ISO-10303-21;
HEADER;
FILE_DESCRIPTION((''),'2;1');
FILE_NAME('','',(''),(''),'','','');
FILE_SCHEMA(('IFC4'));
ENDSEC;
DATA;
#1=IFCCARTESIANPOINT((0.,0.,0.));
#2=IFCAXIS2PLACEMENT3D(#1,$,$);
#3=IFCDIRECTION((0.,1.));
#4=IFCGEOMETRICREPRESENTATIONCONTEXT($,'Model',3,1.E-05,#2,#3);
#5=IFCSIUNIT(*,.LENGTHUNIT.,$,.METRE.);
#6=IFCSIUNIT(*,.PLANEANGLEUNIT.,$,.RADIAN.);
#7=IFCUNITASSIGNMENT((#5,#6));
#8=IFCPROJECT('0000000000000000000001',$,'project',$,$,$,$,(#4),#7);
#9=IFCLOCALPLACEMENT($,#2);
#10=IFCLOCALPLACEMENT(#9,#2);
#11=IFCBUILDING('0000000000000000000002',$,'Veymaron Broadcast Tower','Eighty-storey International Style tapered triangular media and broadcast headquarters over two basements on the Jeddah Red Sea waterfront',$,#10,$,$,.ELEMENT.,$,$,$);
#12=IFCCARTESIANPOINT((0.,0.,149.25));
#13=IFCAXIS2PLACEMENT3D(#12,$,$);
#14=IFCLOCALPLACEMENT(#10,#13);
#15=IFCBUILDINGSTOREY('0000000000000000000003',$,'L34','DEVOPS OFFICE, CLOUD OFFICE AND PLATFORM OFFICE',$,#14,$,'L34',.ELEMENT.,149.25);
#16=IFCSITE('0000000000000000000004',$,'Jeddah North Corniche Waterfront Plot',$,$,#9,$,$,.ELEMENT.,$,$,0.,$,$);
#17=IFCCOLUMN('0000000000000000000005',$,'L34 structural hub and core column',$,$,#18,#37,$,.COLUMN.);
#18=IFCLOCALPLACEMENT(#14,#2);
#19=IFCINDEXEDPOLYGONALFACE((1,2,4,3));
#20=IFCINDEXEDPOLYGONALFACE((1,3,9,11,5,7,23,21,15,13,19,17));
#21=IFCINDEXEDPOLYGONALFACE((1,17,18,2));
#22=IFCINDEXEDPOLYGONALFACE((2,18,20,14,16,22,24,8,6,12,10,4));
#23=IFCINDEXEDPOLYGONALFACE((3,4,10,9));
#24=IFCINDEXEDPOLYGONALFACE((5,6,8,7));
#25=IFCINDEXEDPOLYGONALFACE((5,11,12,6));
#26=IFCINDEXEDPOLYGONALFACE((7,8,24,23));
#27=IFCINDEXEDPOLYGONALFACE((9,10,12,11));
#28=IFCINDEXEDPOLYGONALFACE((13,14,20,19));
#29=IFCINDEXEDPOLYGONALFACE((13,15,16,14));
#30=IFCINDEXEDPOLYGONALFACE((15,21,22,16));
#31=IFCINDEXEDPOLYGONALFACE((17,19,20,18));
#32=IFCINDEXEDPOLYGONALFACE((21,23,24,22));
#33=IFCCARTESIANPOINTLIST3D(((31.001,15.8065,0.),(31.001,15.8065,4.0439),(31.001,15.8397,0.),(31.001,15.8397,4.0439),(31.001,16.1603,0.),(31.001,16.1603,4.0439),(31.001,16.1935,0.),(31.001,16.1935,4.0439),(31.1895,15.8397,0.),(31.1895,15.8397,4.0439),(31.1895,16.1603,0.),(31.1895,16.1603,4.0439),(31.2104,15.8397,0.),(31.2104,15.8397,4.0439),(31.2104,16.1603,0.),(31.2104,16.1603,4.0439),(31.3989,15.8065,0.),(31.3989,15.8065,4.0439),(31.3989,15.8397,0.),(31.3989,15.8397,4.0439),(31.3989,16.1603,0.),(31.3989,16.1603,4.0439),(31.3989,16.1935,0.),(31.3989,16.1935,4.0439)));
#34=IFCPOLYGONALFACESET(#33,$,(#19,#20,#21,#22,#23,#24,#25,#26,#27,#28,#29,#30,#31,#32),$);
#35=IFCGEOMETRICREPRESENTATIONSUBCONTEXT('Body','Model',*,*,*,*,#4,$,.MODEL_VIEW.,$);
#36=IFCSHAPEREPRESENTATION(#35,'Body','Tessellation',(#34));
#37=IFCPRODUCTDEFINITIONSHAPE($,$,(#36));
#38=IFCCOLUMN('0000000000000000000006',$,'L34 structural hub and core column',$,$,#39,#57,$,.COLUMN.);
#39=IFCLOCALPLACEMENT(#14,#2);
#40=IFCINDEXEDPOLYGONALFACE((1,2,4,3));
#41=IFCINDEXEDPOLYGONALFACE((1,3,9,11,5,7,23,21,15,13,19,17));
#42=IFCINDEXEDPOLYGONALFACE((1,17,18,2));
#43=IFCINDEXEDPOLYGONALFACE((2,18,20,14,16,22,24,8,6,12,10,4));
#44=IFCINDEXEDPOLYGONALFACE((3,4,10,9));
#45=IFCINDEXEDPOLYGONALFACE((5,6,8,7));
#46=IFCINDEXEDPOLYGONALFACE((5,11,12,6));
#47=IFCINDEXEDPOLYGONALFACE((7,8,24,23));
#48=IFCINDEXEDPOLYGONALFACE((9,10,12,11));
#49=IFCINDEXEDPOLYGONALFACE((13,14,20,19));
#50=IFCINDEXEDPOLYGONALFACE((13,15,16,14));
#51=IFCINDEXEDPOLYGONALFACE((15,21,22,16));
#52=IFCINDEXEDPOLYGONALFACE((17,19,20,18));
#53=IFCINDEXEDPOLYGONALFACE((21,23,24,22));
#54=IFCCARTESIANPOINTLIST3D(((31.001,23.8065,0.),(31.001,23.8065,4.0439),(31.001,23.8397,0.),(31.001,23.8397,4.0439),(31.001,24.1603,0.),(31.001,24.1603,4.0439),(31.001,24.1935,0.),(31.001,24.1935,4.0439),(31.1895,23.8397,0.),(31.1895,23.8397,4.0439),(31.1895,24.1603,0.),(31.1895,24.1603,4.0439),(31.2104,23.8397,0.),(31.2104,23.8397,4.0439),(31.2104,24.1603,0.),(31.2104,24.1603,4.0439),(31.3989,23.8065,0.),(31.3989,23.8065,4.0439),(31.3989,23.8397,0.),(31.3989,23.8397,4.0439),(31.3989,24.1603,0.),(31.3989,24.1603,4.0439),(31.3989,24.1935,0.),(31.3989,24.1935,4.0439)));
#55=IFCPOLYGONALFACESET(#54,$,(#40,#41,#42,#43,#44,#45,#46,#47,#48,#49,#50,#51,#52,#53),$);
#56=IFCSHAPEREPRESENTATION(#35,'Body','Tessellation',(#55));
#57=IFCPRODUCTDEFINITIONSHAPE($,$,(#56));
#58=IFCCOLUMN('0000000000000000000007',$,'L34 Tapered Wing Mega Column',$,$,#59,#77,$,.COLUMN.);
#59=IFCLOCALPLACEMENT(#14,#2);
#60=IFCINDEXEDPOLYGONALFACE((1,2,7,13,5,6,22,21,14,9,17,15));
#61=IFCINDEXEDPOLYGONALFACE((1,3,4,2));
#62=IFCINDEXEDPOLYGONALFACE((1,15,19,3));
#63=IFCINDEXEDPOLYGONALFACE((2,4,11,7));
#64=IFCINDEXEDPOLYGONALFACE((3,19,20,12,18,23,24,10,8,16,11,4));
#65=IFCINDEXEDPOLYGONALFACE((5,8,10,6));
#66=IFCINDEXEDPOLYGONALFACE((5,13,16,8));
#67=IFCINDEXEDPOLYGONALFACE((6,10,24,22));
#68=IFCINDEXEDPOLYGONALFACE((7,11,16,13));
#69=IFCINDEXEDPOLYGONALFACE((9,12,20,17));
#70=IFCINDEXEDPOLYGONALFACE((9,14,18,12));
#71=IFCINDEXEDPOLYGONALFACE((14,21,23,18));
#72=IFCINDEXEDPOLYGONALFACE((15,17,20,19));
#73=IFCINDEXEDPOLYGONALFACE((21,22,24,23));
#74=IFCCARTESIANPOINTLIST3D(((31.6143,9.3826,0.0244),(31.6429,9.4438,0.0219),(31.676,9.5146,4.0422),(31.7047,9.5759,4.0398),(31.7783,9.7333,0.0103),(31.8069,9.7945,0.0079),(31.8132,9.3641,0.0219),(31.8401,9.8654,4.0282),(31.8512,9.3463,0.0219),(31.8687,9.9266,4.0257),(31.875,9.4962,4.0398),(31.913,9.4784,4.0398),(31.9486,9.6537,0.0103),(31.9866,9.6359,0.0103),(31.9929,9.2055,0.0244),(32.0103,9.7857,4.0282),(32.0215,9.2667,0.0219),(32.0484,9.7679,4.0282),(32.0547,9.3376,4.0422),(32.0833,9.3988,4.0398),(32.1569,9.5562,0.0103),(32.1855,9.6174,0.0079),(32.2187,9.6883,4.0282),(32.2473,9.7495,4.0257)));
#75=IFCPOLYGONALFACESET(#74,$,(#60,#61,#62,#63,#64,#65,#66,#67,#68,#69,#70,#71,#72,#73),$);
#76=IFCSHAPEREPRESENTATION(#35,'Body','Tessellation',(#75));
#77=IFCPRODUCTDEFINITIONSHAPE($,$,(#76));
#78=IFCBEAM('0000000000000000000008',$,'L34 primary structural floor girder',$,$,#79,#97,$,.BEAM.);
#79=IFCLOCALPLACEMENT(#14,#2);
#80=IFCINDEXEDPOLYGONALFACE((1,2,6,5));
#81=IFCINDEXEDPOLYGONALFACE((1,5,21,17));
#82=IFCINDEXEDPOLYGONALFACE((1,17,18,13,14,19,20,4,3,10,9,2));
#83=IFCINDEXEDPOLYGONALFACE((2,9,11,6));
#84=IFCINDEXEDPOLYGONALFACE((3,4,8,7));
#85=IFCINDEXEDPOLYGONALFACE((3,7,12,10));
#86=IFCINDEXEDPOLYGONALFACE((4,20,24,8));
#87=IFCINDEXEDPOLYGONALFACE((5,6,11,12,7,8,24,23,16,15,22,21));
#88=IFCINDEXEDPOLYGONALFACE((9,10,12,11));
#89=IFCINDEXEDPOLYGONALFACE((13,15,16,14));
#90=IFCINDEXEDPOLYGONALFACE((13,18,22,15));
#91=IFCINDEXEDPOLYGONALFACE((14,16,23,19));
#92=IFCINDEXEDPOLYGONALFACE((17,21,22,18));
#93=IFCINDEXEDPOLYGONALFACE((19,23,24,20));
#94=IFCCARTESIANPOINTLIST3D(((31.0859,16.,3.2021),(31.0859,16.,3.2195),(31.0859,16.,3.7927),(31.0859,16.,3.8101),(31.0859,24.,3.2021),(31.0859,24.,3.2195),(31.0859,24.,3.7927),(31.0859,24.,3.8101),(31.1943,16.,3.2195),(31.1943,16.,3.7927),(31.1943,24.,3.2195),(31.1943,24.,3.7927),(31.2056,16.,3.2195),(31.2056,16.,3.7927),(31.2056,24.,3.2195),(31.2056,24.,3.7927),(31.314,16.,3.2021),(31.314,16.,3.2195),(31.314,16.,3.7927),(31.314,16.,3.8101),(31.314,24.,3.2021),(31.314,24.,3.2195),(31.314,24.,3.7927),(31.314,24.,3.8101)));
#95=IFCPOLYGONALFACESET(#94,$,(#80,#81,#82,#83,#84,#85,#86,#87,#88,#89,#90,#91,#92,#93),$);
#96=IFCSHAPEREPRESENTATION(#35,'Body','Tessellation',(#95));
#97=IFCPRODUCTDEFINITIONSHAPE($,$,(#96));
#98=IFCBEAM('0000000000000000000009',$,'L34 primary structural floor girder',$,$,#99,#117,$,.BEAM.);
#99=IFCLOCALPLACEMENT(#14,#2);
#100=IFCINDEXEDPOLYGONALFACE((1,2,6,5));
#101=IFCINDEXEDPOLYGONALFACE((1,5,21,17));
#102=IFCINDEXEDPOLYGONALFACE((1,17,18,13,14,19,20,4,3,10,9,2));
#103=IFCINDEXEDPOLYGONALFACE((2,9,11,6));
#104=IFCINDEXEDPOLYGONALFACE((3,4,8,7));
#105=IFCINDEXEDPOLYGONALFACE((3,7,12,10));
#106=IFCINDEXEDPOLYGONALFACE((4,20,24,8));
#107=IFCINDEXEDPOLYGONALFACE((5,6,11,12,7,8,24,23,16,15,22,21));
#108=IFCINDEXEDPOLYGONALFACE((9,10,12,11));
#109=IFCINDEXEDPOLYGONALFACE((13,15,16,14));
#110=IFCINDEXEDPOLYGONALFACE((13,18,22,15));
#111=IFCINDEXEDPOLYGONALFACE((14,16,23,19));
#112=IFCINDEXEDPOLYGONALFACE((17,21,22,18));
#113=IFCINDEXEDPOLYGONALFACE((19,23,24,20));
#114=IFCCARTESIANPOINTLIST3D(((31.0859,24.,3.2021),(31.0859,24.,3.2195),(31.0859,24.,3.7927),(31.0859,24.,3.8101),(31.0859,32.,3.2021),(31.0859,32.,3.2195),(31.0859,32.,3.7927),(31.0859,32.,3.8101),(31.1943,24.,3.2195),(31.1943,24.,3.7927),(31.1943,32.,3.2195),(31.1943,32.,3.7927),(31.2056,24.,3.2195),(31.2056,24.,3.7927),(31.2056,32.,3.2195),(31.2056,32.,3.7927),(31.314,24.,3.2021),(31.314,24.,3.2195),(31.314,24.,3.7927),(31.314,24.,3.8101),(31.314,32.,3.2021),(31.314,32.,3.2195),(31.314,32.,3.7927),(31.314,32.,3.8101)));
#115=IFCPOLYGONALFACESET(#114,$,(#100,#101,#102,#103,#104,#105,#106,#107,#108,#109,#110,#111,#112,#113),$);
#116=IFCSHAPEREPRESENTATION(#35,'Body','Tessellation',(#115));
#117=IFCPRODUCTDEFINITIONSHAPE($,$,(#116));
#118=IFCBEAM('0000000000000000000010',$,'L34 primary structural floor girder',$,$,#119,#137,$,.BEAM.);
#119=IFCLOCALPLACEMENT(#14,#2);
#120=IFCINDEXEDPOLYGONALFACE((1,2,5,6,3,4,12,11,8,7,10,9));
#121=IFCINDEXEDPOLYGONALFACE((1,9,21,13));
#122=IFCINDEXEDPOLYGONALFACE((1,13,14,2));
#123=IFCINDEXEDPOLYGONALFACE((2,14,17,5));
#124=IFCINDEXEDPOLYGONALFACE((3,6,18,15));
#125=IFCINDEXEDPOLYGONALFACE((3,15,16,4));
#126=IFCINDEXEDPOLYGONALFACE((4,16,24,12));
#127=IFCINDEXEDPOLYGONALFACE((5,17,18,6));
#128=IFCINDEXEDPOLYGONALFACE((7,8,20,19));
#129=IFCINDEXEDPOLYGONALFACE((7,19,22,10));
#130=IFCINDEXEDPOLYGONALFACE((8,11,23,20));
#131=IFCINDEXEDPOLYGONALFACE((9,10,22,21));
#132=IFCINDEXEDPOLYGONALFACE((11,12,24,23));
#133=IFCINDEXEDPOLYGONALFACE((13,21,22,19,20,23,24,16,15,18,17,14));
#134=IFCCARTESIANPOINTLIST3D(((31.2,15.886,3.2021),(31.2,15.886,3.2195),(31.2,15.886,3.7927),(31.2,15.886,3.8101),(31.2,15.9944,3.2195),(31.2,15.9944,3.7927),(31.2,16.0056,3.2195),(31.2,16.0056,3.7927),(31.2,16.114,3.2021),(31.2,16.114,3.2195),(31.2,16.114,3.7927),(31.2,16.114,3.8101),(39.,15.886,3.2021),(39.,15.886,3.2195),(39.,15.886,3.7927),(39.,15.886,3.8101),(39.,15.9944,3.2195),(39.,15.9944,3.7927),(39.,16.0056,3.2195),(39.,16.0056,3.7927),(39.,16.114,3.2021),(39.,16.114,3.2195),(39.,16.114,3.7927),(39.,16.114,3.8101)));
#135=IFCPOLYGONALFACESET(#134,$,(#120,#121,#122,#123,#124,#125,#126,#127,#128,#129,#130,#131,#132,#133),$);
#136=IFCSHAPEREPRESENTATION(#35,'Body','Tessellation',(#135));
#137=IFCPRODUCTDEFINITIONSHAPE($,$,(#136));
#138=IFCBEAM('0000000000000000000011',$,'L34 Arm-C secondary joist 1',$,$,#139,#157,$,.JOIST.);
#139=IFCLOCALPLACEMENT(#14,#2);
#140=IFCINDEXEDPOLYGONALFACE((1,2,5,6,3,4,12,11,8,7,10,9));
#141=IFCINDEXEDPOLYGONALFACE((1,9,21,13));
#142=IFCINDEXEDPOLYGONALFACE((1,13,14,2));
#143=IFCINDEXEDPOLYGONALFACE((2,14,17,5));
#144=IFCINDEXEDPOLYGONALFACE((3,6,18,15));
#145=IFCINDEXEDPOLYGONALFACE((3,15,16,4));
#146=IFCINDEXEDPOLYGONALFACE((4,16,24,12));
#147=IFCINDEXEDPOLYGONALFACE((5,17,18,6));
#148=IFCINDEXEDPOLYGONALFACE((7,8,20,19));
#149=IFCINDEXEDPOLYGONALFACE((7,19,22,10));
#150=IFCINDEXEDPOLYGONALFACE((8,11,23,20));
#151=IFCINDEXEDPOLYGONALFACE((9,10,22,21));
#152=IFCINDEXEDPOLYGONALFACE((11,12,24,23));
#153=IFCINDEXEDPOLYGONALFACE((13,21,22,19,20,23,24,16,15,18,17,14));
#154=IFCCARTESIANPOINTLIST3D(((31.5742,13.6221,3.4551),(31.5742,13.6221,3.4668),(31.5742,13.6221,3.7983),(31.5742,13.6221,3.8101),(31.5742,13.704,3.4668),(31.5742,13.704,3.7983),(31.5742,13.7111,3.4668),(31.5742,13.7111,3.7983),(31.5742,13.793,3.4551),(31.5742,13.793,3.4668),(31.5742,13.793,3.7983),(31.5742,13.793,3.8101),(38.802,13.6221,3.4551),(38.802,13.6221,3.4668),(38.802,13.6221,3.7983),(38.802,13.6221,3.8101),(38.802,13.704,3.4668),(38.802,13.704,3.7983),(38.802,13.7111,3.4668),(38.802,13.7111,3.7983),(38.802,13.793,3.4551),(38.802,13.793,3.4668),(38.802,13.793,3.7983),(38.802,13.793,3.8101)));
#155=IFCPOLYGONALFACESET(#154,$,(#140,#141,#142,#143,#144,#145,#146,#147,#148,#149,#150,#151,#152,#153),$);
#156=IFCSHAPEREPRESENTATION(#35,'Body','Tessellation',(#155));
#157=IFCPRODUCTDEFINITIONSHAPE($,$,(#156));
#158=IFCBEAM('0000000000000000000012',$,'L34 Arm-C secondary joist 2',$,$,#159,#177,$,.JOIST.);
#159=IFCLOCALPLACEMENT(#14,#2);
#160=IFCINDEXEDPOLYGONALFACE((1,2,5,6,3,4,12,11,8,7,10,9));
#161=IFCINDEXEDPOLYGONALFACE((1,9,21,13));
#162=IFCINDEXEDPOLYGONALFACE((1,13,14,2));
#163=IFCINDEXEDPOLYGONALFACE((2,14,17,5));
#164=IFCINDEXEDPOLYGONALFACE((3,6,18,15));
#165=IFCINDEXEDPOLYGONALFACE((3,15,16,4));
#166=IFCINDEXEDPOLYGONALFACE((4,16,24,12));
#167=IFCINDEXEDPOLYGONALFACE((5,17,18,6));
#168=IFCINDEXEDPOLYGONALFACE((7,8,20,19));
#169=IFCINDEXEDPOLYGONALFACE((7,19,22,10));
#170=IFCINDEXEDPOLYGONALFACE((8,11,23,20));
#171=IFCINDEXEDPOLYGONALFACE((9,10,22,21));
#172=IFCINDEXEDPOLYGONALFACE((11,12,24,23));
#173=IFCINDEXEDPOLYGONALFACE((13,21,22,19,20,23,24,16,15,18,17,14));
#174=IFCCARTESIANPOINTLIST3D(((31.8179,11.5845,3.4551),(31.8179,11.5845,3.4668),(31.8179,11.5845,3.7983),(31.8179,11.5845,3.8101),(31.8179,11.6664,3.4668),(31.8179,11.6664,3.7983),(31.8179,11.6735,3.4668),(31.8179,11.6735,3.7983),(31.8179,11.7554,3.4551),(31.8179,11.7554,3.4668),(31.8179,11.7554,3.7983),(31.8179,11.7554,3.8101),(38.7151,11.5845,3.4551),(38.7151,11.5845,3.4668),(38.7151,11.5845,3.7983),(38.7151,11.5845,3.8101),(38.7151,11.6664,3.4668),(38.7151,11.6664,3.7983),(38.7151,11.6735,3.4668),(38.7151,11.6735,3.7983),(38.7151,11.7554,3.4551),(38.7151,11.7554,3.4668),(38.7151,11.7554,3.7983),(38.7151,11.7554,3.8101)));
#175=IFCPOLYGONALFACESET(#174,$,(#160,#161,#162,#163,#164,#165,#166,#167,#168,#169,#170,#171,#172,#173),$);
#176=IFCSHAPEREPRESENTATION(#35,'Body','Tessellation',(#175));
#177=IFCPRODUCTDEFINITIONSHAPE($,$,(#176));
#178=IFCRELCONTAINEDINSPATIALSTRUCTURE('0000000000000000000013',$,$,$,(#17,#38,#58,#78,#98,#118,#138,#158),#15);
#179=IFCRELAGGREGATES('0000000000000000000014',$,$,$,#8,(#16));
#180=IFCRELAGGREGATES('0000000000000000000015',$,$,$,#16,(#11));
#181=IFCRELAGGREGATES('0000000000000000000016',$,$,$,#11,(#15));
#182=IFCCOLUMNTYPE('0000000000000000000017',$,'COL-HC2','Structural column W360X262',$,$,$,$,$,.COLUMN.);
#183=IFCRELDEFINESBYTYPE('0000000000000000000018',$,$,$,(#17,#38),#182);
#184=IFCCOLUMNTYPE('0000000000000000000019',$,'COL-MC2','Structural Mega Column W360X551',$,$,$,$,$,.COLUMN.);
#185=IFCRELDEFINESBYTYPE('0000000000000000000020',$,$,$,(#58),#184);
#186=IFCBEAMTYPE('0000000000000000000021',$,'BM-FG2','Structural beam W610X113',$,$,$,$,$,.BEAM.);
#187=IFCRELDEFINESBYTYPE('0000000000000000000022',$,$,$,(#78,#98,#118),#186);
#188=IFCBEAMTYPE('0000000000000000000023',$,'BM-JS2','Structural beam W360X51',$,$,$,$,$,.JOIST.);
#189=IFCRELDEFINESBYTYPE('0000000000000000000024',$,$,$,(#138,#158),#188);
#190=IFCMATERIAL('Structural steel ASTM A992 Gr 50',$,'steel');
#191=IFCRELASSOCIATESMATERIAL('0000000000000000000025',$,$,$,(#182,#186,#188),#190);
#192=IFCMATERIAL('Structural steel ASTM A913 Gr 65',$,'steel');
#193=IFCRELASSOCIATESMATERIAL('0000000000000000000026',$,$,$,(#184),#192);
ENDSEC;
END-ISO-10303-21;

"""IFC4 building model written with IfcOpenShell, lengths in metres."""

from ifc_helpers import new_model, si_unit, direction, frame, origin, origin_2d, place, context, subcontext, project, spatial, i_section, extrude, material, material_profile, profile_set, type_object, element, save


model = new_model("IFC4")

# Units and contexts
model_context = context("Model", 3, precision=1e-05, world=origin(), true_north=direction((0.0, 1.0)))
body_context = subcontext(model_context, "Body", "Model", "MODEL_VIEW")
ifc_project = project(units=[si_unit("LENGTHUNIT", "METRE"), si_unit("PLANEANGLEUNIT", "RADIAN")], contexts=[model_context])

# Site, building, storey
site_placement = place(None, origin())
site = spatial("IfcSite", under=ifc_project, at=site_placement, Name="Jeddah North Corniche Waterfront Plot", CompositionType="ELEMENT", RefElevation=0.0)
building_placement = place(site_placement, origin())
building = spatial("IfcBuilding", under=site, at=building_placement, Name="Veymaron Broadcast Tower", Description="Eighty-storey International Style tapered triangular media and broadcast headquarters over two basements on the Jeddah Red Sea waterfront", CompositionType="ELEMENT")
storey_placement = place(building_placement, frame((0.0, 0.0, 149.25)))
storey = spatial("IfcBuildingStorey", under=building, at=storey_placement, Name="L34", Description="DEVOPS OFFICE, CLOUD OFFICE AND PLATFORM OFFICE", LongName="L34", CompositionType="ELEMENT", Elevation=149.25)

# Columns
ifc_material_1 = material(Name="Structural steel ASTM A992 Gr 50", Category="steel")
ifc_material_profile_1 = material_profile(ifc_material_1, i_section(OverallWidth=0.3979, OverallDepth=0.387, WebThickness=0.021, FlangeThickness=0.0332, at=origin_2d()), Name="W360X262")
ifc_profile_set_1 = profile_set([ifc_material_profile_1], Name="Structural steel ASTM A992 Gr 50")
column_type_1 = type_object("IfcColumnType", Name="COL-HC2", Description="Structural column W360X262", PredefinedType="COLUMN", material=ifc_profile_set_1)
for number, where, z_axis, x_axis, name in (
    (1, (31.2, 16.0, 0.0), (0.0, 0.0, 1.0), (1.0, 0.0, 0.0), "L34 structural hub and core column"),
    (2, (31.2, 24.0, 0.0), (0.0, 0.0, 1.0), (1.0, 0.0, 0.0), "L34 structural hub and core column"),
):
    element("IfcColumn", number, at=place(storey_placement, frame(where, z_axis=z_axis, x_axis=x_axis)), inside=storey, type_object=column_type_1, Name=name, PredefinedType="COLUMN", context=body_context, shape_type="SweptSolid", body=[
        extrude(i_section(OverallWidth=0.3979, OverallDepth=0.387, WebThickness=0.021, FlangeThickness=0.0332, at=origin_2d()), origin(), (0.0, 0.0, 1.0), 4.0439),
    ])
ifc_material_2 = material(Name="Structural steel ASTM A913 Gr 65", Category="steel")
ifc_material_profile_2 = material_profile(ifc_material_2, i_section(OverallWidth=0.418, OverallDepth=0.4551, WebThickness=0.042, FlangeThickness=0.0676, at=origin_2d()), Name="W360X551")
ifc_profile_set_2 = profile_set([ifc_material_profile_2], Name="Structural steel ASTM A913 Gr 65")
column_type_2 = type_object("IfcColumnType", Name="COL-MC2", Description="Structural Mega Column W360X551", PredefinedType="COLUMN", material=ifc_profile_set_2)
column_placement = place(storey_placement, frame((31.8999, 9.5, 0.0161), z_axis=(0.015363, 0.032852, 0.999342), x_axis=(-0.905841, 0.423619, 0.0)))
element("IfcColumn", 3, at=column_placement, inside=storey, type_object=column_type_2, Name="L34 Tapered Wing Mega Column", PredefinedType="COLUMN", context=body_context, shape_type="SweptSolid", body=[
    extrude(i_section(OverallWidth=0.418, OverallDepth=0.4551, WebThickness=0.042, FlangeThickness=0.0676, at=origin_2d()), origin(), (0.0, 0.0, 1.0), 4.0205),
])

# Beams
ifc_material_profile_3 = material_profile(ifc_material_1, i_section(OverallWidth=0.228, OverallDepth=0.6079, WebThickness=0.0112, FlangeThickness=0.0173, at=origin_2d()), Name="W610X113")
ifc_profile_set_3 = profile_set([ifc_material_profile_3], Name="Structural steel ASTM A992 Gr 50")
beam_type_1 = type_object("IfcBeamType", Name="BM-FG2", Description="Structural beam W610X113", PredefinedType="BEAM", material=ifc_profile_set_3)
for number, where, z_axis, x_axis, name in (
    (4, (31.2, 16.0, 3.5061), (0.0, 1.0, 0.0), (-1.0, 0.0, 0.0), "L34 primary structural floor girder"),
    (5, (31.2, 24.0, 3.5061), (0.0, 1.0, 0.0), (-1.0, 0.0, 0.0), "L34 primary structural floor girder"),
):
    element("IfcBeam", number, at=place(storey_placement, frame(where, z_axis=z_axis, x_axis=x_axis)), inside=storey, type_object=beam_type_1, Name=name, PredefinedType="BEAM", context=body_context, shape_type="SweptSolid", body=[
        extrude(i_section(OverallWidth=0.228, OverallDepth=0.6079, WebThickness=0.0112, FlangeThickness=0.0173, at=origin_2d()), origin(), (0.0, 0.0, 1.0), 8.0),
    ])
beam_1_placement = place(storey_placement, frame((31.2, 16.0, 3.5061), z_axis=(1.0, 0.0, 0.0), x_axis=(0.0, 1.0, 0.0)))
element("IfcBeam", 6, at=beam_1_placement, inside=storey, type_object=beam_type_1, Name="L34 primary structural floor girder", PredefinedType="BEAM", context=body_context, shape_type="SweptSolid", body=[
    extrude(i_section(OverallWidth=0.228, OverallDepth=0.6079, WebThickness=0.0112, FlangeThickness=0.0173, at=origin_2d()), origin(), (0.0, 0.0, 1.0), 7.8),
])
ifc_material_profile_4 = material_profile(ifc_material_1, i_section(OverallWidth=0.1709, OverallDepth=0.355, WebThickness=0.0071, FlangeThickness=0.0117, at=origin_2d()), Name="W360X51")
ifc_profile_set_4 = profile_set([ifc_material_profile_4], Name="Structural steel ASTM A992 Gr 50")
beam_type_2 = type_object("IfcBeamType", Name="BM-JS2", Description="Structural beam W360X51", PredefinedType="JOIST", material=ifc_profile_set_4)
beam_2_placement = place(storey_placement, frame((31.5742, 13.7075, 3.6326), z_axis=(1.0, 0.0, 0.0), x_axis=(0.0, 1.0, 0.0)))
element("IfcBeam", 7, at=beam_2_placement, inside=storey, type_object=beam_type_2, Name="L34 Arm-C secondary joist 1", PredefinedType="JOIST", context=body_context, shape_type="SweptSolid", body=[
    extrude(i_section(OverallWidth=0.1709, OverallDepth=0.355, WebThickness=0.0071, FlangeThickness=0.0117, at=origin_2d()), origin(), (0.0, 0.0, 1.0), 7.2278),
])
beam_3_placement = place(storey_placement, frame((31.8179, 11.6699, 3.6326), z_axis=(1.0, 0.0, 0.0), x_axis=(0.0, 1.0, 0.0)))
element("IfcBeam", 8, at=beam_3_placement, inside=storey, type_object=beam_type_2, Name="L34 Arm-C secondary joist 2", PredefinedType="JOIST", context=body_context, shape_type="SweptSolid", body=[
    extrude(i_section(OverallWidth=0.1709, OverallDepth=0.355, WebThickness=0.0071, FlangeThickness=0.0117, at=origin_2d()), origin(), (0.0, 0.0, 1.0), 6.8972),
])

save(model, "model.ifc")
